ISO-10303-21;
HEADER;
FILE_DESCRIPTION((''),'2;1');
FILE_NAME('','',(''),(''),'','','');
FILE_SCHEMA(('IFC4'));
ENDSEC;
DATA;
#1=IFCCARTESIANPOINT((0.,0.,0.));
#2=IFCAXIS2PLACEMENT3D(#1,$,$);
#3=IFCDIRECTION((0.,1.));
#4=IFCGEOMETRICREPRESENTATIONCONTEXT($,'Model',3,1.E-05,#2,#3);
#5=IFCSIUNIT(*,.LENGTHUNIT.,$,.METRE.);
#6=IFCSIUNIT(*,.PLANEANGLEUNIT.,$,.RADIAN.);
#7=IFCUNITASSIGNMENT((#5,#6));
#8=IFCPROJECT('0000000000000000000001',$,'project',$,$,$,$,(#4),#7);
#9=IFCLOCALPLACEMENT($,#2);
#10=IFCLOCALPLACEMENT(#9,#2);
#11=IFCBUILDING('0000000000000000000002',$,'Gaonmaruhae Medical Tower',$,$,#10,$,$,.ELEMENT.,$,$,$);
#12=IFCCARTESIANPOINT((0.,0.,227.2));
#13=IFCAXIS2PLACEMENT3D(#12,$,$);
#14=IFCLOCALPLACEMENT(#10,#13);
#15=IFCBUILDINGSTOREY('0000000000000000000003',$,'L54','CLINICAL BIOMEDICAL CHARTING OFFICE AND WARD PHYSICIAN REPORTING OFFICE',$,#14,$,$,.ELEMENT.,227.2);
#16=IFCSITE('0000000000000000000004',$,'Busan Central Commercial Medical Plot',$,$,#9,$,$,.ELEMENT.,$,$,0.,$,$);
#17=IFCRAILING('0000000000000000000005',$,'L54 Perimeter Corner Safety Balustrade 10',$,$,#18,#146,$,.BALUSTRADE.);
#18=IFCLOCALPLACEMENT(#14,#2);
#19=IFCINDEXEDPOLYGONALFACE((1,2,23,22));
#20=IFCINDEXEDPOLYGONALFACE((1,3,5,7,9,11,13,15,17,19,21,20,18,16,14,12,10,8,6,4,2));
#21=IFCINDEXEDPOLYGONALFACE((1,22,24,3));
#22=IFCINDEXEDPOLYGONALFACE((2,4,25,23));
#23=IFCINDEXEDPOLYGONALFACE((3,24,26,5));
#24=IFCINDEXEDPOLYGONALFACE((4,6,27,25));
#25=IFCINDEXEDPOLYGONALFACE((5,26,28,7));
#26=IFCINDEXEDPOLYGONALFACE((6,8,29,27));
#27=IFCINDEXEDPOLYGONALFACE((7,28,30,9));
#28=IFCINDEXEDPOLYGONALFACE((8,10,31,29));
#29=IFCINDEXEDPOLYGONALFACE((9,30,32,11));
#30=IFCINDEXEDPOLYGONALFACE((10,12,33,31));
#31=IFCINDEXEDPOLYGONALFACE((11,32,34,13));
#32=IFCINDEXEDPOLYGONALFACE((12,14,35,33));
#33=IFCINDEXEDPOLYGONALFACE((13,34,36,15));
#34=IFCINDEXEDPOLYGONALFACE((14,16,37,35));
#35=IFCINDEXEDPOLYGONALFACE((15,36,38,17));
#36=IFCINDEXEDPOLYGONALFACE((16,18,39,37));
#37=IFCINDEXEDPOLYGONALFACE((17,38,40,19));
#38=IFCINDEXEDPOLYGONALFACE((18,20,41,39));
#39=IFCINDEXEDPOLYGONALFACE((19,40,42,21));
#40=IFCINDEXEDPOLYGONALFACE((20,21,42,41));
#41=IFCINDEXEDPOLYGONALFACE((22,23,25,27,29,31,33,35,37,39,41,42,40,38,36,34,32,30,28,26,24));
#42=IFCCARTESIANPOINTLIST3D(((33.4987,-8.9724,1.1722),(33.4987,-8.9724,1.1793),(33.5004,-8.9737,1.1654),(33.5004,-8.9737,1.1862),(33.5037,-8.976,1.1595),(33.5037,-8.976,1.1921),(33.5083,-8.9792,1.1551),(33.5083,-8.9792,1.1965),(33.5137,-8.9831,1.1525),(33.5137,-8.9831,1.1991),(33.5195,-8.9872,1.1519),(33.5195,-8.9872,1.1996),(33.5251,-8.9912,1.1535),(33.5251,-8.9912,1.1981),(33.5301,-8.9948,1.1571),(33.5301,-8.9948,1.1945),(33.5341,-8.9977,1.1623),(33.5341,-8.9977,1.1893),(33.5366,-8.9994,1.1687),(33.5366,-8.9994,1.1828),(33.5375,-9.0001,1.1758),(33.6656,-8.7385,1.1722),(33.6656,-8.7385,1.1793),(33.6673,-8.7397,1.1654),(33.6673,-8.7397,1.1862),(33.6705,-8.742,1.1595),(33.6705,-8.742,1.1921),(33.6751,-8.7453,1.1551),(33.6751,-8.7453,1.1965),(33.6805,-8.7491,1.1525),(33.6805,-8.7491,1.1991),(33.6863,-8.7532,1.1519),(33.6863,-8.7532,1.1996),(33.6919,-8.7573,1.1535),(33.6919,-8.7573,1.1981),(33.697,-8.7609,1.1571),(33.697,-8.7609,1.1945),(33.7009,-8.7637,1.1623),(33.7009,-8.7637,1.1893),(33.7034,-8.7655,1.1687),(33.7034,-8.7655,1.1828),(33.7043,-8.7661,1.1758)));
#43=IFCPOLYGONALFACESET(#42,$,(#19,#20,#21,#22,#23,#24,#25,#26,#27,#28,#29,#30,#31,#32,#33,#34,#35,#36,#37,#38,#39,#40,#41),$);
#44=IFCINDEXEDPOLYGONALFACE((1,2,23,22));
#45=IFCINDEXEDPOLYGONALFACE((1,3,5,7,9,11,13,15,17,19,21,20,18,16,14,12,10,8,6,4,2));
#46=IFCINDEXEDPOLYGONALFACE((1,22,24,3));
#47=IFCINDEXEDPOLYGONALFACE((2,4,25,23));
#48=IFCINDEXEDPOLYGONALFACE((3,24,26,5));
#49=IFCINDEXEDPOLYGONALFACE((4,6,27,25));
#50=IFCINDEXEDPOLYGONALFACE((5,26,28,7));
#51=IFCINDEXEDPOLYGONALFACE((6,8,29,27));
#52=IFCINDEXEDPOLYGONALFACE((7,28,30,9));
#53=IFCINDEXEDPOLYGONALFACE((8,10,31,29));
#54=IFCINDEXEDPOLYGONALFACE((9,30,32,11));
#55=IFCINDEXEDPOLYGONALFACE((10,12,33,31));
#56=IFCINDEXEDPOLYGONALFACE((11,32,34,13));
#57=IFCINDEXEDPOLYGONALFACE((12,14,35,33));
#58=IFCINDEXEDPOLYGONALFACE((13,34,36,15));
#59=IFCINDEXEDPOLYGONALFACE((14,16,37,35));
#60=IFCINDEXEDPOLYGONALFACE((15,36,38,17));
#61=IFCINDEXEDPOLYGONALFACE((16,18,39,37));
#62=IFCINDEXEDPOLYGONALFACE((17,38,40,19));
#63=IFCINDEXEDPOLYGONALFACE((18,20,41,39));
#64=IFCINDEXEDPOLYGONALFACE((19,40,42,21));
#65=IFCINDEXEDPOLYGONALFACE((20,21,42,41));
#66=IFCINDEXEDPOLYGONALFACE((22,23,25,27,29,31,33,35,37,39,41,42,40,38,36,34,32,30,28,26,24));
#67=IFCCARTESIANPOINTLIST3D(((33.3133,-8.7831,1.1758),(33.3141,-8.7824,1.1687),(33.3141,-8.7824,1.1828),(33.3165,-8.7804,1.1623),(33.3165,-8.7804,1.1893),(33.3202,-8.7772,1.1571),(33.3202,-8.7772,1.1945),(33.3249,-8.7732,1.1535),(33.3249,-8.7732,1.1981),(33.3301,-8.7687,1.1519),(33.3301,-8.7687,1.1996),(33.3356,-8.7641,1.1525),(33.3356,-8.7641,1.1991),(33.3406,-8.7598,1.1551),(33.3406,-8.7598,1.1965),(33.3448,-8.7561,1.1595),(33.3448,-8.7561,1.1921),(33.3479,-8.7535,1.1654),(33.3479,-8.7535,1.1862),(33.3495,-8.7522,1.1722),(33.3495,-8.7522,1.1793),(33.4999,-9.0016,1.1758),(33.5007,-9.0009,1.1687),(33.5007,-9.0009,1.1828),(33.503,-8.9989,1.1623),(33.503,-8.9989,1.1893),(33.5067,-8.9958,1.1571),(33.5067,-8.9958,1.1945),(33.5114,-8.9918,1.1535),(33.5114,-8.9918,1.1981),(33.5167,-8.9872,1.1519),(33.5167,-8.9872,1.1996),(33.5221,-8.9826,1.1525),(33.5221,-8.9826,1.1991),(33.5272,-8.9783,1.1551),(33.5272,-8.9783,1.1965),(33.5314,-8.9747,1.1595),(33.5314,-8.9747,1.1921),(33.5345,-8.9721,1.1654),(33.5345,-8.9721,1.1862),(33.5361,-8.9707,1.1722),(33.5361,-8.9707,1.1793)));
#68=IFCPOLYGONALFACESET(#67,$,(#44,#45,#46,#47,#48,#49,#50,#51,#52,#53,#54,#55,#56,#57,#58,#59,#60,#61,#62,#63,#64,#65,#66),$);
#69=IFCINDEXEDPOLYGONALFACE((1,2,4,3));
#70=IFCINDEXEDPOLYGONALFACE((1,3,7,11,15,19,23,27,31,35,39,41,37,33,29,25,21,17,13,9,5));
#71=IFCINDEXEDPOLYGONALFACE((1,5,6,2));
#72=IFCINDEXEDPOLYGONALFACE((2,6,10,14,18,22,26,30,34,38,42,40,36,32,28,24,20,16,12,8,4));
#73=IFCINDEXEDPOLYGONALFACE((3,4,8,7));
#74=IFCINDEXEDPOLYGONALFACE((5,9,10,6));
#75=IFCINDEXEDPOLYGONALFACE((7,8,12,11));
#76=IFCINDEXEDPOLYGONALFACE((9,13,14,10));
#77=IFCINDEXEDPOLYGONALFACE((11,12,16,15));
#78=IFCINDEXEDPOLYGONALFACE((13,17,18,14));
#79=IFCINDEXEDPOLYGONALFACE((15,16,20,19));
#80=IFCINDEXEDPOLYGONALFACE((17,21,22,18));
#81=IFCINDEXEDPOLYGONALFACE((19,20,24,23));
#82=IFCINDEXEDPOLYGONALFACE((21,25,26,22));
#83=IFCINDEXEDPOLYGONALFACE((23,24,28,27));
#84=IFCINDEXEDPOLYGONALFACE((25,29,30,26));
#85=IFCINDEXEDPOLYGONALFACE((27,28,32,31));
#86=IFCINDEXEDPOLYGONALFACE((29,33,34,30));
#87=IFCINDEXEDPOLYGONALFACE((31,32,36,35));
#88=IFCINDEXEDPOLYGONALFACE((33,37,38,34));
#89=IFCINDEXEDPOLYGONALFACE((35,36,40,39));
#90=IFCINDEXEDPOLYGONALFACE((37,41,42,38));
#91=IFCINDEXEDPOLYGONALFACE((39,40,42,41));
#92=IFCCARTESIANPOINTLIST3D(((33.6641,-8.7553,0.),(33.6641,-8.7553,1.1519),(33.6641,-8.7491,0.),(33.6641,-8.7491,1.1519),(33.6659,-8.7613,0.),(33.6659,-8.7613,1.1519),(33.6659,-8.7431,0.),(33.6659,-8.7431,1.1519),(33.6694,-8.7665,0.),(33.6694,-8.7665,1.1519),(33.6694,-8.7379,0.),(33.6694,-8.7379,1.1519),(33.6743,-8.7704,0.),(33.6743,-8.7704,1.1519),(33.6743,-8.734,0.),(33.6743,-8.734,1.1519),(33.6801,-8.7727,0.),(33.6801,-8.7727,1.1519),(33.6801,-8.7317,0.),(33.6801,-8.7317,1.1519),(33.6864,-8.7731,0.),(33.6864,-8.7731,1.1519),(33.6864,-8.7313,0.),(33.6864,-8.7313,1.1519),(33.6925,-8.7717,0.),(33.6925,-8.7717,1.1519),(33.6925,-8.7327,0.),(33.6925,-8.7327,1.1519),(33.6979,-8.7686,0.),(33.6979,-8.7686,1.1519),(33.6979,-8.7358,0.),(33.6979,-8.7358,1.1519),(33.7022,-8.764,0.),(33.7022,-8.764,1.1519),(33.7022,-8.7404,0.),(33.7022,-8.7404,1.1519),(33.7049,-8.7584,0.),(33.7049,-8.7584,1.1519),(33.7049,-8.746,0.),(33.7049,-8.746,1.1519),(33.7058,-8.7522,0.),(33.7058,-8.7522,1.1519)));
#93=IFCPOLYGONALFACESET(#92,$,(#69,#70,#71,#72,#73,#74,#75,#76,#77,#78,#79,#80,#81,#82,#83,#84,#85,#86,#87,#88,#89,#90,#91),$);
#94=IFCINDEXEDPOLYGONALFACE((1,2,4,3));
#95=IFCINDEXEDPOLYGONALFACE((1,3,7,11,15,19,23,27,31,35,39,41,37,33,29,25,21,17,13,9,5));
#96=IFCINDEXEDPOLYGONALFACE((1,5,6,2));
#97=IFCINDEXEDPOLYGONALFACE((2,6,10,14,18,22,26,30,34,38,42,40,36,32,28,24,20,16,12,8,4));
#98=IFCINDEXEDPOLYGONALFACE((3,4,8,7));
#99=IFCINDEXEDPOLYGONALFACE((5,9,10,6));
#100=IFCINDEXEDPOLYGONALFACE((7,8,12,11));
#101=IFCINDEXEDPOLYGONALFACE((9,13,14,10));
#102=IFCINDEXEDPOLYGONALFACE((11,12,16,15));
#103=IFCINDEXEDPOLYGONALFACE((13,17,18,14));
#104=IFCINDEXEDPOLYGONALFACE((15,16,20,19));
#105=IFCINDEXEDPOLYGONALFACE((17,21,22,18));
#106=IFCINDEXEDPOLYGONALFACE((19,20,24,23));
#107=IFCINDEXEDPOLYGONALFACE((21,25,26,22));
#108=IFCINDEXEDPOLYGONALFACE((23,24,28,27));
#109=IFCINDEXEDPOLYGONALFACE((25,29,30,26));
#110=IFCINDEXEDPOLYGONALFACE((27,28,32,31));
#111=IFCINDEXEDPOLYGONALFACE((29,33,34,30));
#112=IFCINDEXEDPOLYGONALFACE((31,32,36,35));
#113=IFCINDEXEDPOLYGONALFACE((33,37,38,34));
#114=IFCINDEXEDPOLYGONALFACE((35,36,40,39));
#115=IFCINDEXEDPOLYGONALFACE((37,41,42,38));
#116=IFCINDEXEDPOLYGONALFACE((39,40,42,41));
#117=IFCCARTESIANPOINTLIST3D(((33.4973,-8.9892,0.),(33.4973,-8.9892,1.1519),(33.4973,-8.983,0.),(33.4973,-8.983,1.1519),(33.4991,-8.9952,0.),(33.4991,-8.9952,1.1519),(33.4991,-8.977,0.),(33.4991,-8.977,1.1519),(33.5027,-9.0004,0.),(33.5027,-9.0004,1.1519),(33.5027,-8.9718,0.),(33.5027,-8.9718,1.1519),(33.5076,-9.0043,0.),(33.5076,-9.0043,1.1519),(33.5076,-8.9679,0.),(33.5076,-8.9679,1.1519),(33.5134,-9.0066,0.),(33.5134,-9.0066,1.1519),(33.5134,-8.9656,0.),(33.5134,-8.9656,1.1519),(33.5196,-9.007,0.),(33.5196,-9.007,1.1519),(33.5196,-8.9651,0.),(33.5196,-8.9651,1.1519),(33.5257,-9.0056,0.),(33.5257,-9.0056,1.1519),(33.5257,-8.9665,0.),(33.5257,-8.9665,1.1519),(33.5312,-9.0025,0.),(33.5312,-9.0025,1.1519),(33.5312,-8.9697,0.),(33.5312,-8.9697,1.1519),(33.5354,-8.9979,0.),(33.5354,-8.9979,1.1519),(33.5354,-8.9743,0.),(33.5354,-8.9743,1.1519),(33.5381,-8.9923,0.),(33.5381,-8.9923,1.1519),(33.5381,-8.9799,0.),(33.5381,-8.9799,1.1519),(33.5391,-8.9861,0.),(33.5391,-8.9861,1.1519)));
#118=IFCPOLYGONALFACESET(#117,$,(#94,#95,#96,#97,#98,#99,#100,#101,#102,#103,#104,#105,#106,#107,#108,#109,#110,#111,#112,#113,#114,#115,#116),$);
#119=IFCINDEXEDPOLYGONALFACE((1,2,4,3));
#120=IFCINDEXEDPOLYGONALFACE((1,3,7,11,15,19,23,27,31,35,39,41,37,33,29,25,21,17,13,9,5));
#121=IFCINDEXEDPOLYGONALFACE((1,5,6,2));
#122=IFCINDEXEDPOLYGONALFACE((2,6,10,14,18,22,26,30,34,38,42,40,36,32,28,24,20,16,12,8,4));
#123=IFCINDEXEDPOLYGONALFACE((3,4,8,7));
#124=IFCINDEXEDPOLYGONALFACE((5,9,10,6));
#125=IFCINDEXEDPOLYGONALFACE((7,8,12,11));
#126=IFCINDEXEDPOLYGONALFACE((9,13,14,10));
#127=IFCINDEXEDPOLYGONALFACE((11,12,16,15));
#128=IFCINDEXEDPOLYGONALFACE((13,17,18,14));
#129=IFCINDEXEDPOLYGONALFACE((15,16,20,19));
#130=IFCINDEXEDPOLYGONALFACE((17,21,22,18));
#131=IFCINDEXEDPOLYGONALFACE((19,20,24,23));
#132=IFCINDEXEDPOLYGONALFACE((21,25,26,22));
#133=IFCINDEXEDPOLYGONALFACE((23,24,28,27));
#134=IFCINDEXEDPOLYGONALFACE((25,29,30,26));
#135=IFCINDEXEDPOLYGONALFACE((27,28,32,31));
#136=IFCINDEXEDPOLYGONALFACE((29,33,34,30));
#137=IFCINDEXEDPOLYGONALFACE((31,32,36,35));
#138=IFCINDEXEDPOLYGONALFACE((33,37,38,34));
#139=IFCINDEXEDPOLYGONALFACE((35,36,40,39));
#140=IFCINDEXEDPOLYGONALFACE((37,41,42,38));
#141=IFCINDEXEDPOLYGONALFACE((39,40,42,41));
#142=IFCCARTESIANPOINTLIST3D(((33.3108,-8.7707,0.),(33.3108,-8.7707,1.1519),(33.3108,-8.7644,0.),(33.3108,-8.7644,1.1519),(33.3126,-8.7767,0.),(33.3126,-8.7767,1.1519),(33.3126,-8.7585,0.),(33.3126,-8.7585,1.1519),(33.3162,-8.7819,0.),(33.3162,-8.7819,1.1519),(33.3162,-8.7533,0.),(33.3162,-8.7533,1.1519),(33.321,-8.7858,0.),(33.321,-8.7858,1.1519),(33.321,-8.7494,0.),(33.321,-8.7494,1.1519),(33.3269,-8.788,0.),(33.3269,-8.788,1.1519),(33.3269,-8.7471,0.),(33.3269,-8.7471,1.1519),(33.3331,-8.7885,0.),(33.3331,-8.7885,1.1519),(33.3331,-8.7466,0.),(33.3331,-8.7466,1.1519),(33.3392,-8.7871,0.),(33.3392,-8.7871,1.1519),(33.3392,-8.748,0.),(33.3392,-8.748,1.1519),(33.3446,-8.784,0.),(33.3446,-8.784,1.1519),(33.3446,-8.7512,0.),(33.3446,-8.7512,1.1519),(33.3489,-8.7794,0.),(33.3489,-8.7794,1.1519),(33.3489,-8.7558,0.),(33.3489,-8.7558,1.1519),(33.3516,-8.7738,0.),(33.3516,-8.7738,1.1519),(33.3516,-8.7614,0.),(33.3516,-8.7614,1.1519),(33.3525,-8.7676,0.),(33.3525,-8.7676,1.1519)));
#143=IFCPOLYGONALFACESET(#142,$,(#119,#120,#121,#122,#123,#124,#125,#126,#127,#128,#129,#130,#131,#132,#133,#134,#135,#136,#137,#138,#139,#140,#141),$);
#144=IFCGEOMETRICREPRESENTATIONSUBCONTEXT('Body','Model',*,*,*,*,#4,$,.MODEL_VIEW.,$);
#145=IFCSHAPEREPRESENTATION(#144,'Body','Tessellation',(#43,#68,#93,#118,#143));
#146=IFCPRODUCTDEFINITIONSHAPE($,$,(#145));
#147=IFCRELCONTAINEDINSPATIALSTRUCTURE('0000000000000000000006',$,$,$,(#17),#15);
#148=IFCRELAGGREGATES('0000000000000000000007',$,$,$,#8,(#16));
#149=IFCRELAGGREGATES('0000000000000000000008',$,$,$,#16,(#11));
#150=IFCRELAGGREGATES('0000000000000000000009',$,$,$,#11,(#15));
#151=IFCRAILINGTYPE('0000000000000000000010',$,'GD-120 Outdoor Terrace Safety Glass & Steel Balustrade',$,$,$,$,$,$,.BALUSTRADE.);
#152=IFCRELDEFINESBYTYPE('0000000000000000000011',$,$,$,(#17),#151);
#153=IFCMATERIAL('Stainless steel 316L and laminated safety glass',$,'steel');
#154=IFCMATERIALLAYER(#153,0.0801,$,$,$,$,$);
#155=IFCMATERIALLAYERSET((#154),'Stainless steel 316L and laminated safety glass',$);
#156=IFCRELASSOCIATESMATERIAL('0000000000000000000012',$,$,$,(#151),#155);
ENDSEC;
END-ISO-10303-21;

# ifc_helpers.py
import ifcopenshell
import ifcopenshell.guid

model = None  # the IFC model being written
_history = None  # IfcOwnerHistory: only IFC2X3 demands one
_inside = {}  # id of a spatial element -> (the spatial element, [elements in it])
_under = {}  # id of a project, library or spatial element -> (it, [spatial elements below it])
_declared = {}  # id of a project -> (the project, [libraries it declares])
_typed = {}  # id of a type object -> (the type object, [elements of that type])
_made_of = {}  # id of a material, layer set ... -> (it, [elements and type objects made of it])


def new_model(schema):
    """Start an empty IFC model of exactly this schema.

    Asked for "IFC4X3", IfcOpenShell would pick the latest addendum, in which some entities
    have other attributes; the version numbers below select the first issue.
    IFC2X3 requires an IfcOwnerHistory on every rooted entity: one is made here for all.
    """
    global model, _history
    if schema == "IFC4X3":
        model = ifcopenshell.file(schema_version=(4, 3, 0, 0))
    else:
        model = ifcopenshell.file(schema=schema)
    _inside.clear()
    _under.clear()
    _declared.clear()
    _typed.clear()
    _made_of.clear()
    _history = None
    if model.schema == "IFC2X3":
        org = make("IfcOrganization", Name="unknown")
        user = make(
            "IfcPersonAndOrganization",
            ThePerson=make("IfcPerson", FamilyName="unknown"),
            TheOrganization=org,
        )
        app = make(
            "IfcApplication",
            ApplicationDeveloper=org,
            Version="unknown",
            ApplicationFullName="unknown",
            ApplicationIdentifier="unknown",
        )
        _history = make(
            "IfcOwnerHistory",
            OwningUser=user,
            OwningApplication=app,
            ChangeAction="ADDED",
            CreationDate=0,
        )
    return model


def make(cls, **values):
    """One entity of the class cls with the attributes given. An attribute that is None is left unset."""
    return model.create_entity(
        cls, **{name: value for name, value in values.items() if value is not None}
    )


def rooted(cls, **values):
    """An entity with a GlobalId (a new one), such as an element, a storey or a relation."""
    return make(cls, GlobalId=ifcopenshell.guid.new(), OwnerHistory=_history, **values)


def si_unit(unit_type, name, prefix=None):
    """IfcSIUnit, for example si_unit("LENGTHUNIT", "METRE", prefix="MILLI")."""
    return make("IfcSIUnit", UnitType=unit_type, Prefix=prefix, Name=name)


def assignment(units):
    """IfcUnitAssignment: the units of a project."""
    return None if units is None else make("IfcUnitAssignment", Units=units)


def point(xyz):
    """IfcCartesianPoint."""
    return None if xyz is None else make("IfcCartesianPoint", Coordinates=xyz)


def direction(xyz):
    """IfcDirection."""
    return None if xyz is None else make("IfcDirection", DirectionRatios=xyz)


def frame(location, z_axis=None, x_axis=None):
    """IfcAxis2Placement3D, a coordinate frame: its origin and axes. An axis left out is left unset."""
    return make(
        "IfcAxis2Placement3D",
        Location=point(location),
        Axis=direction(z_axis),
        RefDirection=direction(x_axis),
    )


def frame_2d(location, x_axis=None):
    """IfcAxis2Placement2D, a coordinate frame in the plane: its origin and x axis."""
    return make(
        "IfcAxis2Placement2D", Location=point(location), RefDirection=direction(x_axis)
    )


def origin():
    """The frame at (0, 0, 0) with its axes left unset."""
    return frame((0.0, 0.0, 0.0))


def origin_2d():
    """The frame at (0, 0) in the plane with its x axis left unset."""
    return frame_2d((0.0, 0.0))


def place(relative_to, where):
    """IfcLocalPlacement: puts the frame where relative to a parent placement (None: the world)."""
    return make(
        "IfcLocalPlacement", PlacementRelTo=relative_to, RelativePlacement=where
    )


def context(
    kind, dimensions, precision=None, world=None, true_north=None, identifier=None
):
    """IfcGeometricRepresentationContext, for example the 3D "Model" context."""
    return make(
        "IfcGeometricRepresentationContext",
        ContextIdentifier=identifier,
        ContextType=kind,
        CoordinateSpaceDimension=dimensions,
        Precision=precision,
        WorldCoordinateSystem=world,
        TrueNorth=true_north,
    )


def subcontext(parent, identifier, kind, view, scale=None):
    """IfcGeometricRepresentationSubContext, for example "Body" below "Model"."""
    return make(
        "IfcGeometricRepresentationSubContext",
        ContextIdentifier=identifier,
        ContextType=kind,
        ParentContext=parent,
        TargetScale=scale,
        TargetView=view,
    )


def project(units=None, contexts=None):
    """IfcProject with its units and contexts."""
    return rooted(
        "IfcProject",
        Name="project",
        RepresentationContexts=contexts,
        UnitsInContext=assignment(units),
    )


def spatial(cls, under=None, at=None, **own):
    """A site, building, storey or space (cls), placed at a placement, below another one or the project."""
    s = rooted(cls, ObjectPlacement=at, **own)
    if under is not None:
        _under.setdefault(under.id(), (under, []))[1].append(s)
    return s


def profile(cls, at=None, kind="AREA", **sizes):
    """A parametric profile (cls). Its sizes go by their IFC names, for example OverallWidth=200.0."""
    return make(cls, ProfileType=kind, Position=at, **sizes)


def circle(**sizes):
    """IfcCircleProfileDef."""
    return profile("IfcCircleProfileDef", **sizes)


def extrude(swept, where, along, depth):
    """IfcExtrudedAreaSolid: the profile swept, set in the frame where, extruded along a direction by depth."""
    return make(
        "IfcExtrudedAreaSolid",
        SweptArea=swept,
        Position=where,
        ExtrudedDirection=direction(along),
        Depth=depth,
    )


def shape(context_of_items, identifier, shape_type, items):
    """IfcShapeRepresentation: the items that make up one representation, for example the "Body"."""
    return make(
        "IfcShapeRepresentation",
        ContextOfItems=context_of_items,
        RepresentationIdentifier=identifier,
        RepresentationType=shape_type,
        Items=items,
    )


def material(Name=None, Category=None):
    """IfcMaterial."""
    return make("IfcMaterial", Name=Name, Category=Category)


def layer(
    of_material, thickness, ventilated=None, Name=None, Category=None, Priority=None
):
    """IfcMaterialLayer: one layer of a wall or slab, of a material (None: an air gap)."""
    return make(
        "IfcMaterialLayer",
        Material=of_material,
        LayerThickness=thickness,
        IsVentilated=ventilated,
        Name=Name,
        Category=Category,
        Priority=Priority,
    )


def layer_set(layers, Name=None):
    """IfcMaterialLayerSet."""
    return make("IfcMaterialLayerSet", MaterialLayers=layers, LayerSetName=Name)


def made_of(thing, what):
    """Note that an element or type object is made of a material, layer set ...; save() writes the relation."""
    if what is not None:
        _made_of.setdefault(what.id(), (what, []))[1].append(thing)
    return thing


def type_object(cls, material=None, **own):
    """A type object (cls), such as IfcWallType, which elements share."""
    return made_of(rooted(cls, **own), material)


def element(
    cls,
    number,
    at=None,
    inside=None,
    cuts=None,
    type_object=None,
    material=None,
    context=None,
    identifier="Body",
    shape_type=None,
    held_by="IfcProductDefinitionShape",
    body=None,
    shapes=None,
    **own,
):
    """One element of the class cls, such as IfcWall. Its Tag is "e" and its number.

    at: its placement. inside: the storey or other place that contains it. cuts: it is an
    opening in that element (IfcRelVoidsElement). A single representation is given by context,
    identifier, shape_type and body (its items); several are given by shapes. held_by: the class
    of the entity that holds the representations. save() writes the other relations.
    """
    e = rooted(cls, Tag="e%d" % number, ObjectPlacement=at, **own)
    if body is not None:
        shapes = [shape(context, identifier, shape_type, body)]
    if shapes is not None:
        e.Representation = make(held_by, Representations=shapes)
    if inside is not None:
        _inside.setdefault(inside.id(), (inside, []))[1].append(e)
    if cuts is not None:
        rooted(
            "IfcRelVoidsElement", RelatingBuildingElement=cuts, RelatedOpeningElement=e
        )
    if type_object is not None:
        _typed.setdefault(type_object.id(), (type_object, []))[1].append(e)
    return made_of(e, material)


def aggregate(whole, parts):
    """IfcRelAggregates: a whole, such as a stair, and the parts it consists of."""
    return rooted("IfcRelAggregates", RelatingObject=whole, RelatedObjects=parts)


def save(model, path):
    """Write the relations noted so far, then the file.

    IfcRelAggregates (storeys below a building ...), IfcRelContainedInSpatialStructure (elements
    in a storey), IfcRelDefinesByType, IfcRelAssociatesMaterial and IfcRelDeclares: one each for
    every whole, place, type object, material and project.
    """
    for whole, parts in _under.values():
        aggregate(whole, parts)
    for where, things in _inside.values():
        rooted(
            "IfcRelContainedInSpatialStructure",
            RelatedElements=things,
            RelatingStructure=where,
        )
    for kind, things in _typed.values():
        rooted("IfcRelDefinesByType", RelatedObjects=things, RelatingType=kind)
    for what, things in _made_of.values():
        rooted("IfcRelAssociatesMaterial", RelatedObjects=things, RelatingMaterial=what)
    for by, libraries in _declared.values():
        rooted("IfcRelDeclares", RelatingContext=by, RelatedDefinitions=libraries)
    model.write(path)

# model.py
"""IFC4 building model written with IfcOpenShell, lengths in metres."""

from ifc_helpers import new_model, si_unit, direction, frame, origin, origin_2d, place, context, subcontext, project, spatial, circle, extrude, material, layer, layer_set, type_object, element, save


model = new_model("IFC4")

# Units and contexts
model_context = context("Model", 3, precision=1e-05, world=origin(), true_north=direction((0.0, 1.0)))
body_context = subcontext(model_context, "Body", "Model", "MODEL_VIEW")
ifc_project = project(units=[si_unit("LENGTHUNIT", "METRE"), si_unit("PLANEANGLEUNIT", "RADIAN")], contexts=[model_context])

# Site, building, storey
site_placement = place(None, origin())
site = spatial("IfcSite", under=ifc_project, at=site_placement, Name="Busan Central Commercial Medical Plot", CompositionType="ELEMENT", RefElevation=0.0)
building_placement = place(site_placement, origin())
building = spatial("IfcBuilding", under=site, at=building_placement, Name="Gaonmaruhae Medical Tower", CompositionType="ELEMENT")
storey_placement = place(building_placement, frame((0.0, 0.0, 227.2)))
storey = spatial("IfcBuildingStorey", under=building, at=storey_placement, Name="L54", Description="CLINICAL BIOMEDICAL CHARTING OFFICE AND WARD PHYSICIAN REPORTING OFFICE", CompositionType="ELEMENT", Elevation=227.2)

# Railing
ifc_material_1 = material(Name="Stainless steel 316L and laminated safety glass", Category="steel")
ifc_layer_1 = layer(ifc_material_1, 0.0801)
ifc_layer_set_1 = layer_set([ifc_layer_1], Name="Stainless steel 316L and laminated safety glass")
railing_type = type_object("IfcRailingType", Name="GD-120 Outdoor Terrace Safety Glass & Steel Balustrade", PredefinedType="BALUSTRADE", material=ifc_layer_set_1)
railing_1_placement = place(storey_placement, frame((33.6848, -8.7522, 0.0)))
element("IfcRailing", 1, at=railing_1_placement, inside=storey, type_object=railing_type, Name="L54 Perimeter Corner Safety Balustrade 10", PredefinedType="BALUSTRADE", context=body_context, shape_type="SweptSolid", body=[
    extrude(circle(Radius=0.0239, at=origin_2d()), frame((0.0, 0.0, 1.1758), z_axis=(-0.580514, -0.81425, 0.0), x_axis=(0.81425, -0.580514, 0.0)), (0.0, 0.0, 1.0), 0.2874),
    extrude(circle(Radius=0.0239, at=origin_2d()), frame((-0.1667, -0.2339, 1.1758), z_axis=(-0.64925, 0.760575, 0.0), x_axis=(-0.760575, -0.64925, 0.0)), (0.0, 0.0, 1.0), 0.2874),
    extrude(circle(Radius=0.021, at=origin_2d()), origin(), (0.0, 0.0, 1.0), 1.1519),
    extrude(circle(Radius=0.021, at=origin_2d()), frame((-0.1667, -0.2339, 0.0)), (0.0, 0.0, 1.0), 1.1519),
    extrude(circle(Radius=0.021, at=origin_2d()), frame((-0.3533, -0.0154, 0.0)), (0.0, 0.0, 1.0), 1.1519),
])

save(model, "model.ifc")
